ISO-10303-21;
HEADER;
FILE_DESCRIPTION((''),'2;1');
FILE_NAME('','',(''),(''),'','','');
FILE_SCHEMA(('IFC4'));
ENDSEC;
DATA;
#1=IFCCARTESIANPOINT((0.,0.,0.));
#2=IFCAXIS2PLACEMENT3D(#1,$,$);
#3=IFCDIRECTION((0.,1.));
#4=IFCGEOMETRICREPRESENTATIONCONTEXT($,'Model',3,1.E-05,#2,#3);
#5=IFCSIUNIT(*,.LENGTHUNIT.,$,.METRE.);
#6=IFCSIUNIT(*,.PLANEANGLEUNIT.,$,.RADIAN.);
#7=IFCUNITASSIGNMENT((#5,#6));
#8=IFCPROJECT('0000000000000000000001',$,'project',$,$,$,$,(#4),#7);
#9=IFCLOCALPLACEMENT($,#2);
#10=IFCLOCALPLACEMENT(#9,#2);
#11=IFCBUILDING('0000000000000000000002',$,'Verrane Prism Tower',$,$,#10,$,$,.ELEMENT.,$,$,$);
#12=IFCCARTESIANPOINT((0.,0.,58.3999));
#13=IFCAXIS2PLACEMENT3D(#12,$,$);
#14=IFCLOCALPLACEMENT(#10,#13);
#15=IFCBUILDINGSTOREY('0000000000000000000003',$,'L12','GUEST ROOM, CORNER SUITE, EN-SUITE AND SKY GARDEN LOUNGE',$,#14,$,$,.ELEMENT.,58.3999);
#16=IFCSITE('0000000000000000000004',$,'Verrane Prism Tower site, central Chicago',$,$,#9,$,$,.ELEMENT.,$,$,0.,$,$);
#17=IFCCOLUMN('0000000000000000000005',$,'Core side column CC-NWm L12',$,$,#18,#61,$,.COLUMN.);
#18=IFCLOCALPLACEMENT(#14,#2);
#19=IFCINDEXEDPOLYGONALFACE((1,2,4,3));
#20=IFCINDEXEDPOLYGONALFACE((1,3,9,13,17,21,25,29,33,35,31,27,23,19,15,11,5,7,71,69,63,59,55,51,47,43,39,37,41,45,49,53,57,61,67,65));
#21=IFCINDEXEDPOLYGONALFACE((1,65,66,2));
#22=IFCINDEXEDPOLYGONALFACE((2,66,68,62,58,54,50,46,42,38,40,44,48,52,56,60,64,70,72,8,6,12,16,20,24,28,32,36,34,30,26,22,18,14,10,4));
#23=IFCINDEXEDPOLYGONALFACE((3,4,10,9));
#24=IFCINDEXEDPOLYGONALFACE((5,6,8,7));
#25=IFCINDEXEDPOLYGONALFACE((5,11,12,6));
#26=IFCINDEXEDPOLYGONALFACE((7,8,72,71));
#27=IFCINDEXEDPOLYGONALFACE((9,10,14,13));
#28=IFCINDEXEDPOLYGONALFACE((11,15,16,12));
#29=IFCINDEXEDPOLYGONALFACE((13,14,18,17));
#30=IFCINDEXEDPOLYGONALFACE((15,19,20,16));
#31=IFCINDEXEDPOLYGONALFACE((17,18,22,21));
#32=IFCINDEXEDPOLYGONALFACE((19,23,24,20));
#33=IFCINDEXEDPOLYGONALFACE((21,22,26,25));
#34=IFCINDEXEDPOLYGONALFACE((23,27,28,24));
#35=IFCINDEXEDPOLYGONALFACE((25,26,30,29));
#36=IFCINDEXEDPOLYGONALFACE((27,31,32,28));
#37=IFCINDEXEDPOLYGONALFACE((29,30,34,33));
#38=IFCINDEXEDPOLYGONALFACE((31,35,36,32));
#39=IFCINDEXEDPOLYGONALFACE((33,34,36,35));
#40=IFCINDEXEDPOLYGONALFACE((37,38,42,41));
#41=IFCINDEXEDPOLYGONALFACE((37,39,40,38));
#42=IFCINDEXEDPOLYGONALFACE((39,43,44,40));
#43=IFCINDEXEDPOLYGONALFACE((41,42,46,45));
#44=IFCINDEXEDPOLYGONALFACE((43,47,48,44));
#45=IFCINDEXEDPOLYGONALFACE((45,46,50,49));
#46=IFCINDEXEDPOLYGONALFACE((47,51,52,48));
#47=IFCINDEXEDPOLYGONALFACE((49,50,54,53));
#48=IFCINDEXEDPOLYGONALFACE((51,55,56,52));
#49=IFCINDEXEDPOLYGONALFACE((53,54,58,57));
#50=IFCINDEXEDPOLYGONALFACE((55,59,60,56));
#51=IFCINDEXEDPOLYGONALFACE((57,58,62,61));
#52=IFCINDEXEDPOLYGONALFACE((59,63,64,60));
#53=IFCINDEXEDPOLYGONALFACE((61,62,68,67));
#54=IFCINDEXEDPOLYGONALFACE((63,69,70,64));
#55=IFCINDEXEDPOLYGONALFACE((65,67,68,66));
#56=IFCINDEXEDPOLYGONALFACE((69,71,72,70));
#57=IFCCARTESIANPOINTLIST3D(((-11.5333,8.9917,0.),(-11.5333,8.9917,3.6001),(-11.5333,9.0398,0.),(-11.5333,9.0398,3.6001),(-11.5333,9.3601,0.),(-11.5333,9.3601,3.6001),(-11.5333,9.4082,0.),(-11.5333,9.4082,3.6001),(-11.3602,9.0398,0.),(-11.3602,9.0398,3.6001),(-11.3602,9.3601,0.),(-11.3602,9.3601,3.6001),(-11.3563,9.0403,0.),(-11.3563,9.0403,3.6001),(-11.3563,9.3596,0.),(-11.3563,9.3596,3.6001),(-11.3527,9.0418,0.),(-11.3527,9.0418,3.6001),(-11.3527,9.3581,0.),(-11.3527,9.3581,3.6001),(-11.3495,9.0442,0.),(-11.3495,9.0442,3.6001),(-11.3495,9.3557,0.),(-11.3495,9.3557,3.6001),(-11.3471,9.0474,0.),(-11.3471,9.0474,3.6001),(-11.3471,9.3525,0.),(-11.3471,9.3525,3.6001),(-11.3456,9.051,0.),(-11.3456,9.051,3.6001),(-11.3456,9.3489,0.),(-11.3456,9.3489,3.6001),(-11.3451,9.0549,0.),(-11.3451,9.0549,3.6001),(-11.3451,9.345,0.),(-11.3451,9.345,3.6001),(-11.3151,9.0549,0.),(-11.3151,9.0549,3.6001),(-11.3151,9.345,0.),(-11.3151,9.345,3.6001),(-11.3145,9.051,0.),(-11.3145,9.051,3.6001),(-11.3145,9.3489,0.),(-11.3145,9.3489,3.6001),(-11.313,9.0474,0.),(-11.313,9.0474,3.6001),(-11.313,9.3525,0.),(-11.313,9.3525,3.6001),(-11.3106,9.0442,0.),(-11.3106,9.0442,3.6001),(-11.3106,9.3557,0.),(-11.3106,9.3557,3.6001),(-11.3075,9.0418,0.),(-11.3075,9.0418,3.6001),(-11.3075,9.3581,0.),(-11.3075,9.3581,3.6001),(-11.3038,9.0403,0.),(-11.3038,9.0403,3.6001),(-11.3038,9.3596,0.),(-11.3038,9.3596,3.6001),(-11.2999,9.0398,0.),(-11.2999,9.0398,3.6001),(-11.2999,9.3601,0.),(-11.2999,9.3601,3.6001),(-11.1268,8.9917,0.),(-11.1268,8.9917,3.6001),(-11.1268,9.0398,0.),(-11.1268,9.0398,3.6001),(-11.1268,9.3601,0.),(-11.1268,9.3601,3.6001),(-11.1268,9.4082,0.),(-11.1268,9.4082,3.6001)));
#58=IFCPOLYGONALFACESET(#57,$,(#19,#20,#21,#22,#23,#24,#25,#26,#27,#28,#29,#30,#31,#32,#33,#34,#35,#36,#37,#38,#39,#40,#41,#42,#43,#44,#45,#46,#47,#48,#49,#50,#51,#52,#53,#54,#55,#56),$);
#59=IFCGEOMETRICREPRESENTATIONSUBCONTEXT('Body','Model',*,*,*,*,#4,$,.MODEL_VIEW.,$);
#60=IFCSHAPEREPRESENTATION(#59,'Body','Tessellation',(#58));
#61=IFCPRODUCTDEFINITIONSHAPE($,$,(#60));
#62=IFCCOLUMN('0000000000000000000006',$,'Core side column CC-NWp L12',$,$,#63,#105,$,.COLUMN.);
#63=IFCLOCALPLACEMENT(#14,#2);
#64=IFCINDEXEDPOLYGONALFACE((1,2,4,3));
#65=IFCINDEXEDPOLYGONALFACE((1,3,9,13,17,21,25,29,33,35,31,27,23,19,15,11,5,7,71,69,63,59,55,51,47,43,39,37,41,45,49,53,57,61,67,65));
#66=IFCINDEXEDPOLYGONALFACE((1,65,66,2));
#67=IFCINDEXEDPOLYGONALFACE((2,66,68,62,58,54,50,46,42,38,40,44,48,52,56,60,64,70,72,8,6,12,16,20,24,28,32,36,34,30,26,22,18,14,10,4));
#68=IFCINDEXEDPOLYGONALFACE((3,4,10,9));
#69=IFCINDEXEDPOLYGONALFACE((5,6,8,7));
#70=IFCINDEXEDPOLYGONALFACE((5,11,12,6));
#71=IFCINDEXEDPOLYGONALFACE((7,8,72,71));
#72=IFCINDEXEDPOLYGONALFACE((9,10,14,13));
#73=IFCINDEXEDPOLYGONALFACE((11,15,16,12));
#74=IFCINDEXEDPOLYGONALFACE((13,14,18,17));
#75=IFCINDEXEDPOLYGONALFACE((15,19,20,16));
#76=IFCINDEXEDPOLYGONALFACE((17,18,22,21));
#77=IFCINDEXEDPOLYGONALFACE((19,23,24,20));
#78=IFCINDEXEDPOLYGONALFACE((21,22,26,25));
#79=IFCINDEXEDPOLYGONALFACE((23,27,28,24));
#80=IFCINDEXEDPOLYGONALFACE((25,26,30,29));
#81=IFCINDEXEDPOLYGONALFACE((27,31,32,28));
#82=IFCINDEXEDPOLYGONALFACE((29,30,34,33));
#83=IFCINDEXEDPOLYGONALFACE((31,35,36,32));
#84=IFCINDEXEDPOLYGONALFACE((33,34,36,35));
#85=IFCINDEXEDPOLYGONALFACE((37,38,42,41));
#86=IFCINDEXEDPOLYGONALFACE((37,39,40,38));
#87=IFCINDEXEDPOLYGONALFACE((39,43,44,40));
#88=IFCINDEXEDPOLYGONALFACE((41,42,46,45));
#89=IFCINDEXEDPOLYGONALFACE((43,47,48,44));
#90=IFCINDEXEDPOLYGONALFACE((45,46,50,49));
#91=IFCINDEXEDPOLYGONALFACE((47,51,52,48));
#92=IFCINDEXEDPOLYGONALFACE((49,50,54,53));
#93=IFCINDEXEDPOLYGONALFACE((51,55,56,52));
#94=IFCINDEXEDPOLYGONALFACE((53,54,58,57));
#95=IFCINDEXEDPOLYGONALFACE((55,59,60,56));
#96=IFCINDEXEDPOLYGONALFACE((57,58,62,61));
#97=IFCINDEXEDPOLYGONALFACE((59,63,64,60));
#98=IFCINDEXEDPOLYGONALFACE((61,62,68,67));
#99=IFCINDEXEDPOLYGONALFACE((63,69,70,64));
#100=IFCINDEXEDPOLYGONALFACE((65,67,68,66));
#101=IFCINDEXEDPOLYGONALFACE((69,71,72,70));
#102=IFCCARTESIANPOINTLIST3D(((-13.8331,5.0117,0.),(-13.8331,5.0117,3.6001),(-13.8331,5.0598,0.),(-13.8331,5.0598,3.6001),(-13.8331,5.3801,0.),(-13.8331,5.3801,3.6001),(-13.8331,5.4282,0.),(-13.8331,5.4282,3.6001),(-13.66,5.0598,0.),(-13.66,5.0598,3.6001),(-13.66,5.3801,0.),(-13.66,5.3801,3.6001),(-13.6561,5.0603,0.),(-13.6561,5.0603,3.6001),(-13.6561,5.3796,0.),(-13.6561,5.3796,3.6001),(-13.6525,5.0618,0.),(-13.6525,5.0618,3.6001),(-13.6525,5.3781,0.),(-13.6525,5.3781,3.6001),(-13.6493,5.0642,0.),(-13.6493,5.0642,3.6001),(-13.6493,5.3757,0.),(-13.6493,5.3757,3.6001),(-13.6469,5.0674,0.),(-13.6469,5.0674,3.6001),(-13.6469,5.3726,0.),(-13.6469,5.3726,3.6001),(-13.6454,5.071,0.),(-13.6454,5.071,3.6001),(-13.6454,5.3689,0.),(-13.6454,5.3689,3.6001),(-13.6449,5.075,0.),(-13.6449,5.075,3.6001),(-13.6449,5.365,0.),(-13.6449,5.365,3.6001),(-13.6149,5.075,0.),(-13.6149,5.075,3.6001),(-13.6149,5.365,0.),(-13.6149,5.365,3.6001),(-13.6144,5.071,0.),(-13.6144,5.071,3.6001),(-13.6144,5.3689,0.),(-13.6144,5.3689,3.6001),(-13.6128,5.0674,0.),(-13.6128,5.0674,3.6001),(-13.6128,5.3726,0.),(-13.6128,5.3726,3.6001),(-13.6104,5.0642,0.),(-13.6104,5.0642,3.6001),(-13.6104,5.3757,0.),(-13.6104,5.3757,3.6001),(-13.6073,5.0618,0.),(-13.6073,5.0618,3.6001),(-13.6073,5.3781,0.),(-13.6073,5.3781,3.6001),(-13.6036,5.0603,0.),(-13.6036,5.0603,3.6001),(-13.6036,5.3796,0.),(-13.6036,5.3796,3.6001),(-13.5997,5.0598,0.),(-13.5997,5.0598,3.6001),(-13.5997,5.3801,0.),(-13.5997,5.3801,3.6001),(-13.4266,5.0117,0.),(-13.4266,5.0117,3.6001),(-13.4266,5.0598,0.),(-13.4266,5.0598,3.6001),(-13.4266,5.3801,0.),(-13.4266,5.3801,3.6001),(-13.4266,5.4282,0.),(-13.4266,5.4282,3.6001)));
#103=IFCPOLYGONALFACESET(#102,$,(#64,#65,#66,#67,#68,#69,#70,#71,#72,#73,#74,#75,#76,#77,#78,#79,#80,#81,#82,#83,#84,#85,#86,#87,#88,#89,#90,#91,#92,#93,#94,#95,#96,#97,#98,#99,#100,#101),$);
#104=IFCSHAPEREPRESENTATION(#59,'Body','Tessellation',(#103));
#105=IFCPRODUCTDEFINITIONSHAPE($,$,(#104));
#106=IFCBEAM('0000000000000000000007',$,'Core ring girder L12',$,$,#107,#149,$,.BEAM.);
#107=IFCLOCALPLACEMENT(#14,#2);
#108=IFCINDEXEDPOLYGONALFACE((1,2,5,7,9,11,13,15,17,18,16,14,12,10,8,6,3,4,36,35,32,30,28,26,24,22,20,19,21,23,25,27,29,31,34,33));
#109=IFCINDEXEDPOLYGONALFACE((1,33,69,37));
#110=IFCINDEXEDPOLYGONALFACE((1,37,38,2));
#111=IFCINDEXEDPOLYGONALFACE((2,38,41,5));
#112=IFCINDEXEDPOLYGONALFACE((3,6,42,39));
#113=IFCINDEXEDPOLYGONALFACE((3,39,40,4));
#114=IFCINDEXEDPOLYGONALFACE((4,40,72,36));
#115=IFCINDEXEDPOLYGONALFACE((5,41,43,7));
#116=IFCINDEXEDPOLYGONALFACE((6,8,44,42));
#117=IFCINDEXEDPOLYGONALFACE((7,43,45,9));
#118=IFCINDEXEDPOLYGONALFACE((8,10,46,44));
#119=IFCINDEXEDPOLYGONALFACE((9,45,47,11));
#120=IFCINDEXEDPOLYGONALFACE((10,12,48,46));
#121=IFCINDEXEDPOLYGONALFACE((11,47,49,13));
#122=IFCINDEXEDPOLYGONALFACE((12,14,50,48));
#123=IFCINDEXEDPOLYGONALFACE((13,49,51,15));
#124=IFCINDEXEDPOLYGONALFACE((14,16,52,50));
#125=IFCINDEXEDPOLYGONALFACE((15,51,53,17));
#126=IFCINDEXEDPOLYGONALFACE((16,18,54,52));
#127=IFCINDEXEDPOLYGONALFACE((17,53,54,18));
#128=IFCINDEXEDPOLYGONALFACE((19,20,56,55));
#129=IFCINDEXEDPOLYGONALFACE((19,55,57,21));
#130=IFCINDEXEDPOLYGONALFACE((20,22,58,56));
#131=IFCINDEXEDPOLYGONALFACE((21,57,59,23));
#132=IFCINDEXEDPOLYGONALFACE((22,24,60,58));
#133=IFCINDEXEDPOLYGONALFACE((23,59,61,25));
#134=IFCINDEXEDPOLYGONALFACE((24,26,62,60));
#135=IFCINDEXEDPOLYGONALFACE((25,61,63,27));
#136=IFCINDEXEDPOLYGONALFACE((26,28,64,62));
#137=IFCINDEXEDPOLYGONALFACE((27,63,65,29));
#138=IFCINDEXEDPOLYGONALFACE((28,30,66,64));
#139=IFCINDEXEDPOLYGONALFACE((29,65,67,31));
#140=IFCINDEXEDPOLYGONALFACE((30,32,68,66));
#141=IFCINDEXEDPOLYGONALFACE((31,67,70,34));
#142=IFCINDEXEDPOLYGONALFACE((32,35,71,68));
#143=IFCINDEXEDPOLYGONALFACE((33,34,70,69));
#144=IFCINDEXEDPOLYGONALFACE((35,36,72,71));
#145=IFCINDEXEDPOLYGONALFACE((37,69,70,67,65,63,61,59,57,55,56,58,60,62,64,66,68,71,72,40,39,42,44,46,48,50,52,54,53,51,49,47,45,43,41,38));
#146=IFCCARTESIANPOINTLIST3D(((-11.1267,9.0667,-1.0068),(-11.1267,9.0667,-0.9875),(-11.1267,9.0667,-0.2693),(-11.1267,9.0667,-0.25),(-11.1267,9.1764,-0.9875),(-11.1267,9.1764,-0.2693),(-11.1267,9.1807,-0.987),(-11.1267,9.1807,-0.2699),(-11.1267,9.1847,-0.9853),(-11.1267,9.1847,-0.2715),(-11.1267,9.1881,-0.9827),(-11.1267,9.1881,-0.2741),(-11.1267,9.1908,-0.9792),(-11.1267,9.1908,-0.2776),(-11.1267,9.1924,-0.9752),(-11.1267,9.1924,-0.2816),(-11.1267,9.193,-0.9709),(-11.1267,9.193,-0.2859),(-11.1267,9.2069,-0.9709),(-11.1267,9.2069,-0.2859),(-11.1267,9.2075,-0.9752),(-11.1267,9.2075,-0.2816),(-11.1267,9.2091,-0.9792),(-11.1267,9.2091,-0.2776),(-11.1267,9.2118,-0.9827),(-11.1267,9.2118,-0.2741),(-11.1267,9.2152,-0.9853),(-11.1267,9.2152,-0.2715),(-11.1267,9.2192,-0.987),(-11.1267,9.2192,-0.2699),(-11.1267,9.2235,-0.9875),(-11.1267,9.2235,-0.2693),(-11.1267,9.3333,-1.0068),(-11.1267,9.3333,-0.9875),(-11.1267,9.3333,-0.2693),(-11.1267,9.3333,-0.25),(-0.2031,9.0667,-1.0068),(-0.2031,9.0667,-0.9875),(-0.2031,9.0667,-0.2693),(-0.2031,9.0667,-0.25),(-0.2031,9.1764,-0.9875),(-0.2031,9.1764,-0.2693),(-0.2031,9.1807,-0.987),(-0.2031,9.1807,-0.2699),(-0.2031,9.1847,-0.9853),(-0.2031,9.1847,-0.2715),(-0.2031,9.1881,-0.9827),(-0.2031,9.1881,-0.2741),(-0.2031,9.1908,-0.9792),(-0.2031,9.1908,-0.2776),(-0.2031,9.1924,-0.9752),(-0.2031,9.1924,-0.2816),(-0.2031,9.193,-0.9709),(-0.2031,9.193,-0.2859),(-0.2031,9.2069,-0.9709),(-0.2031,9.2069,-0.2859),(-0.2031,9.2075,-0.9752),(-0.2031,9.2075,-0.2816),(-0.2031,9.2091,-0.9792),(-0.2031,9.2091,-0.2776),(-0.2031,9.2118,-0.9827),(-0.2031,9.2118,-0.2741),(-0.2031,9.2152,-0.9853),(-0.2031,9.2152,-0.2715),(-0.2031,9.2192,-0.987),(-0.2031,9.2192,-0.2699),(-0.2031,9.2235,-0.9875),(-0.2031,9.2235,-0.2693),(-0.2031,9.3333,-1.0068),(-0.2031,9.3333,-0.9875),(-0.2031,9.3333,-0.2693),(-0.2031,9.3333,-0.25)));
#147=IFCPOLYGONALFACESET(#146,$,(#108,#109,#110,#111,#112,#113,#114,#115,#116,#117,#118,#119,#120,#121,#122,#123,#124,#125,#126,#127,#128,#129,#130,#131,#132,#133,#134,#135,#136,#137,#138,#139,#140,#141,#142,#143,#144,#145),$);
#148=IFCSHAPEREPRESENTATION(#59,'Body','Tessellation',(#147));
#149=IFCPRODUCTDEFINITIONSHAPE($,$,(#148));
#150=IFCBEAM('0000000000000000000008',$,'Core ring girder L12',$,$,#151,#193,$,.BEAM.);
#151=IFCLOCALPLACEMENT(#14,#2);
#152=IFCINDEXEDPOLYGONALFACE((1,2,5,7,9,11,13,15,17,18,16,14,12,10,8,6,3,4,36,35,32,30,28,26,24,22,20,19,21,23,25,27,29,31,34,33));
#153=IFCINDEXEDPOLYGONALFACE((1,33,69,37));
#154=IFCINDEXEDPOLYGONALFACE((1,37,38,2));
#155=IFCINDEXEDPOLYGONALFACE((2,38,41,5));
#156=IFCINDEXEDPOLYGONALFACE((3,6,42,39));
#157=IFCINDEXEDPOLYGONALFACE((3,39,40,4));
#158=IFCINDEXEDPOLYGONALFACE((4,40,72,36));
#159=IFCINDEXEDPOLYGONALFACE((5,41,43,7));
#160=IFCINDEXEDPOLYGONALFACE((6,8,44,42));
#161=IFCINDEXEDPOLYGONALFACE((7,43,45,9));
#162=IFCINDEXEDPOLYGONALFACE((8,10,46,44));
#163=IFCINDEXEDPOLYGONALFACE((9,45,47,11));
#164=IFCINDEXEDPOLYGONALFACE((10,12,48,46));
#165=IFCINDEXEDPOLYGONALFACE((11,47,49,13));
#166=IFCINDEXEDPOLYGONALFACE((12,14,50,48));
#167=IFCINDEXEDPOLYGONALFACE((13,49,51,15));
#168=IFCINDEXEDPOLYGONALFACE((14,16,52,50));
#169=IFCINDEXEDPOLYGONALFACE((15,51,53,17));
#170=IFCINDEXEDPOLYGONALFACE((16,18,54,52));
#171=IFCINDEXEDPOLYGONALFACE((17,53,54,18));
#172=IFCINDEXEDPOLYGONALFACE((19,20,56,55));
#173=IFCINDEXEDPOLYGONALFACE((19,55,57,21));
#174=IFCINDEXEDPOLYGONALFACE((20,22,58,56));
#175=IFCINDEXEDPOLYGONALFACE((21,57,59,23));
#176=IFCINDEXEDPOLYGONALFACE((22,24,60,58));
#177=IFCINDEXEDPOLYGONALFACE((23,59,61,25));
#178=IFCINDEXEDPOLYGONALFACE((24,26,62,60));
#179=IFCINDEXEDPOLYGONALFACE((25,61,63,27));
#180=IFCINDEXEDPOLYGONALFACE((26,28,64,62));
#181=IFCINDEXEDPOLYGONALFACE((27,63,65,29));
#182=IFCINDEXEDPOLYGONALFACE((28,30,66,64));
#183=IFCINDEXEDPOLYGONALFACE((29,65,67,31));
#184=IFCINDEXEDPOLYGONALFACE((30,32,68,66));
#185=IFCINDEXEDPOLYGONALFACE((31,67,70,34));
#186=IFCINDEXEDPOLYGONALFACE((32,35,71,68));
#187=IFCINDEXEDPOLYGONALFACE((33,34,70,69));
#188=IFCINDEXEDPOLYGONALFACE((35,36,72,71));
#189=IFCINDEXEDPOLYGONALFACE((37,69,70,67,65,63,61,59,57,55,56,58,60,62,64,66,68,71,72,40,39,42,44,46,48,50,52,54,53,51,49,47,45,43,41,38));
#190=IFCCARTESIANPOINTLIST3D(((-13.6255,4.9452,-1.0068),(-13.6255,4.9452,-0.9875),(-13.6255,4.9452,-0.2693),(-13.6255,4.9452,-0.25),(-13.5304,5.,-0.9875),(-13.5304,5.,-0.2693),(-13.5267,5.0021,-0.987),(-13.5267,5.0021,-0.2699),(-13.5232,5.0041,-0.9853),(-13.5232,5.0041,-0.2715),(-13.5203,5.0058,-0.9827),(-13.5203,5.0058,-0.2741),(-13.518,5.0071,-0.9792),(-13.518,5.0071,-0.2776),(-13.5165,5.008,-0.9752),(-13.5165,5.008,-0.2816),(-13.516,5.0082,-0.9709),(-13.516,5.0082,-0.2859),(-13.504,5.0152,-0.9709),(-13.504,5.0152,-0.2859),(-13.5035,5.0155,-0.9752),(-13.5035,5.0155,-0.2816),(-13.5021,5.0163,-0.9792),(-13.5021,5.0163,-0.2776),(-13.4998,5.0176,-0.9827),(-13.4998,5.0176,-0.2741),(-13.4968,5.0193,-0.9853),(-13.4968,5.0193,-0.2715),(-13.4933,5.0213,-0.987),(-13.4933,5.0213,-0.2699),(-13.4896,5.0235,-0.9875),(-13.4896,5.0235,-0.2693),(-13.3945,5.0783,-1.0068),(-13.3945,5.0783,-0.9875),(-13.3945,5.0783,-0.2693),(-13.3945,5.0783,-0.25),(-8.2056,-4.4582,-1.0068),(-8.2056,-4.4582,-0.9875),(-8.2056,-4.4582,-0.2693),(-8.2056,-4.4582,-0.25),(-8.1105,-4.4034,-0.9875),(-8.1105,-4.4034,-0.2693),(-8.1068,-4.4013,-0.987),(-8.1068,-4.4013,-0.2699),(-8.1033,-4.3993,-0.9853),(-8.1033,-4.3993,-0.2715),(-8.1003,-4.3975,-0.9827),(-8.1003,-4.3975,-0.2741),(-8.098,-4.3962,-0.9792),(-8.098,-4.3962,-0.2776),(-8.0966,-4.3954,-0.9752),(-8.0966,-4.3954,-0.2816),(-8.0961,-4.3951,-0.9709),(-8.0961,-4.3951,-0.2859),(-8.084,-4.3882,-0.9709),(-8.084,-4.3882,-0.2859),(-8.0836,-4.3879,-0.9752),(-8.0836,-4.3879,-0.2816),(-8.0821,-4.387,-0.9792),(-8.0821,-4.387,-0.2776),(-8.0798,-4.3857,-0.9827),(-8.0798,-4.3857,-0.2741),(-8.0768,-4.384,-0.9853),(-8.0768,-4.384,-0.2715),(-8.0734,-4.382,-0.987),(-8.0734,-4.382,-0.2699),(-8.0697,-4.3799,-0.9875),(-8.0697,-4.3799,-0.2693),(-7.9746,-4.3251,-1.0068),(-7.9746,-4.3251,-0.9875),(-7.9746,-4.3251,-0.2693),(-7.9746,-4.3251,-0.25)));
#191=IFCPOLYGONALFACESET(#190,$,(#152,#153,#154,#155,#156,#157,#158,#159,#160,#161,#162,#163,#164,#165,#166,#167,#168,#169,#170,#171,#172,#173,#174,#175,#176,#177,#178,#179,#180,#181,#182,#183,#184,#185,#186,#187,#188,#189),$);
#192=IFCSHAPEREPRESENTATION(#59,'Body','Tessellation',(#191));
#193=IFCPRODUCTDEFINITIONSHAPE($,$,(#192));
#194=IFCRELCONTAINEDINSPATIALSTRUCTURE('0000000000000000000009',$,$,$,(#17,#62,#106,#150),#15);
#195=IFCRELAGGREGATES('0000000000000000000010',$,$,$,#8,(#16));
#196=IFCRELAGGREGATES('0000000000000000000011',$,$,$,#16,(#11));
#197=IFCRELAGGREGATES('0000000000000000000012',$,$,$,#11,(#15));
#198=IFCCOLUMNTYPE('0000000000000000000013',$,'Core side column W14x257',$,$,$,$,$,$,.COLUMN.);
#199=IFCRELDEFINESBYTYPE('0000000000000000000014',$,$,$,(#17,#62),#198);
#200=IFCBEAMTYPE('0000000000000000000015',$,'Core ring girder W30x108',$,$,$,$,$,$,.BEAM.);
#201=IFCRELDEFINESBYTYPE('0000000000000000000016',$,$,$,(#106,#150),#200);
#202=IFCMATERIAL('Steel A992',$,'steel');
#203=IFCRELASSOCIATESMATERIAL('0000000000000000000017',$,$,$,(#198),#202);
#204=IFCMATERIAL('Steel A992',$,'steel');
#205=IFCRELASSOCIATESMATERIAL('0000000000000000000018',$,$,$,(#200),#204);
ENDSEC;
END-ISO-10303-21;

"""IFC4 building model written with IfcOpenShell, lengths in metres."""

from ifc_helpers import new_model, si_unit, direction, frame, origin, origin_2d, place, context, subcontext, project, spatial, i_section, extrude, material, material_profile, profile_set, type_object, element, save


model = new_model("IFC4")

# Units and contexts
model_context = context("Model", 3, precision=1e-05, world=origin(), true_north=direction((0.0, 1.0)))
body_context = subcontext(model_context, "Body", "Model", "MODEL_VIEW")
ifc_project = project(units=[si_unit("LENGTHUNIT", "METRE"), si_unit("PLANEANGLEUNIT", "RADIAN")], contexts=[model_context])

# Site, building, storey
site_placement = place(None, origin())
site = spatial("IfcSite", under=ifc_project, at=site_placement, Name="Verrane Prism Tower site, central Chicago", CompositionType="ELEMENT", RefElevation=0.0)
building_placement = place(site_placement, origin())
building = spatial("IfcBuilding", under=site, at=building_placement, Name="Verrane Prism Tower", CompositionType="ELEMENT")
storey_placement = place(building_placement, frame((0.0, 0.0, 58.3999)))
storey = spatial("IfcBuildingStorey", under=building, at=storey_placement, Name="L12", Description="GUEST ROOM, CORNER SUITE, EN-SUITE AND SKY GARDEN LOUNGE", CompositionType="ELEMENT", Elevation=58.3999)

# Columns
ifc_material_1 = material(Name="Steel A992", Category="steel")
ifc_material_profile_1 = material_profile(ifc_material_1, i_section(OverallWidth=0.4065, OverallDepth=0.4165, WebThickness=0.03, FlangeThickness=0.0481, FilletRadius=0.0151, at=origin_2d()), Name="W14x257")
ifc_profile_set_1 = profile_set([ifc_material_profile_1], Name="Steel A992")
column_type = type_object("IfcColumnType", Name="Core side column W14x257", PredefinedType="COLUMN", material=ifc_profile_set_1)
for number, where, z_axis, x_axis, name in (
    (1, (-11.3301, 9.2, 0.0), (0.0, 0.0, 1.0), (1.0, 0.0, 0.0), "Core side column CC-NWm L12"),
    (2, (-13.6299, 5.22, 0.0), (0.0, 0.0, 1.0), (1.0, 0.0, 0.0), "Core side column CC-NWp L12"),
):
    element("IfcColumn", number, at=place(storey_placement, frame(where, z_axis=z_axis, x_axis=x_axis)), inside=storey, type_object=column_type, Name=name, PredefinedType="COLUMN", context=body_context, shape_type="SweptSolid", body=[
        extrude(i_section(OverallWidth=0.4065, OverallDepth=0.4165, WebThickness=0.03, FlangeThickness=0.0481, FilletRadius=0.0151, at=origin_2d()), origin(), (0.0, 0.0, 1.0), 3.6001),
    ])

# Beams
ifc_material_2 = material(Name="Steel A992", Category="steel")
ifc_material_profile_2 = material_profile(ifc_material_2, i_section(OverallWidth=0.2666, OverallDepth=0.7568, WebThickness=0.0139, FlangeThickness=0.0193, FilletRadius=0.0166, at=origin_2d()), Name="W30x108")
ifc_profile_set_2 = profile_set([ifc_material_profile_2], Name="Steel A992")
beam_type = type_object("IfcBeamType", Name="Core ring girder W30x108", PredefinedType="BEAM", material=ifc_profile_set_2)
beam_1_placement = place(storey_placement, frame((-0.2031, 9.2, -0.6284), z_axis=(-1.0, 0.0, 0.0), x_axis=(0.0, -1.0, 0.0)))
element("IfcBeam", 3, at=beam_1_placement, inside=storey, type_object=beam_type, Name="Core ring girder L12", PredefinedType="BEAM", context=body_context, shape_type="SweptSolid", body=[
    extrude(i_section(OverallWidth=0.2666, OverallDepth=0.7568, WebThickness=0.0139, FlangeThickness=0.0193, FilletRadius=0.0166, at=origin_2d()), origin(), (0.0, 0.0, 1.0), 10.9236),
])
beam_2_placement = place(storey_placement, frame((-13.51, 5.0117, -0.6284), z_axis=(0.499372, -0.866388, 0.0), x_axis=(0.866388, 0.499372, 0.0)))
element("IfcBeam", 4, at=beam_2_placement, inside=storey, type_object=beam_type, Name="Core ring girder L12", PredefinedType="BEAM", context=body_context, shape_type="SweptSolid", body=[
    extrude(i_section(OverallWidth=0.2666, OverallDepth=0.7568, WebThickness=0.0139, FlangeThickness=0.0193, FilletRadius=0.0166, at=origin_2d()), origin(), (0.0, 0.0, 1.0), 10.8535),
])

save(model, "model.ifc")
